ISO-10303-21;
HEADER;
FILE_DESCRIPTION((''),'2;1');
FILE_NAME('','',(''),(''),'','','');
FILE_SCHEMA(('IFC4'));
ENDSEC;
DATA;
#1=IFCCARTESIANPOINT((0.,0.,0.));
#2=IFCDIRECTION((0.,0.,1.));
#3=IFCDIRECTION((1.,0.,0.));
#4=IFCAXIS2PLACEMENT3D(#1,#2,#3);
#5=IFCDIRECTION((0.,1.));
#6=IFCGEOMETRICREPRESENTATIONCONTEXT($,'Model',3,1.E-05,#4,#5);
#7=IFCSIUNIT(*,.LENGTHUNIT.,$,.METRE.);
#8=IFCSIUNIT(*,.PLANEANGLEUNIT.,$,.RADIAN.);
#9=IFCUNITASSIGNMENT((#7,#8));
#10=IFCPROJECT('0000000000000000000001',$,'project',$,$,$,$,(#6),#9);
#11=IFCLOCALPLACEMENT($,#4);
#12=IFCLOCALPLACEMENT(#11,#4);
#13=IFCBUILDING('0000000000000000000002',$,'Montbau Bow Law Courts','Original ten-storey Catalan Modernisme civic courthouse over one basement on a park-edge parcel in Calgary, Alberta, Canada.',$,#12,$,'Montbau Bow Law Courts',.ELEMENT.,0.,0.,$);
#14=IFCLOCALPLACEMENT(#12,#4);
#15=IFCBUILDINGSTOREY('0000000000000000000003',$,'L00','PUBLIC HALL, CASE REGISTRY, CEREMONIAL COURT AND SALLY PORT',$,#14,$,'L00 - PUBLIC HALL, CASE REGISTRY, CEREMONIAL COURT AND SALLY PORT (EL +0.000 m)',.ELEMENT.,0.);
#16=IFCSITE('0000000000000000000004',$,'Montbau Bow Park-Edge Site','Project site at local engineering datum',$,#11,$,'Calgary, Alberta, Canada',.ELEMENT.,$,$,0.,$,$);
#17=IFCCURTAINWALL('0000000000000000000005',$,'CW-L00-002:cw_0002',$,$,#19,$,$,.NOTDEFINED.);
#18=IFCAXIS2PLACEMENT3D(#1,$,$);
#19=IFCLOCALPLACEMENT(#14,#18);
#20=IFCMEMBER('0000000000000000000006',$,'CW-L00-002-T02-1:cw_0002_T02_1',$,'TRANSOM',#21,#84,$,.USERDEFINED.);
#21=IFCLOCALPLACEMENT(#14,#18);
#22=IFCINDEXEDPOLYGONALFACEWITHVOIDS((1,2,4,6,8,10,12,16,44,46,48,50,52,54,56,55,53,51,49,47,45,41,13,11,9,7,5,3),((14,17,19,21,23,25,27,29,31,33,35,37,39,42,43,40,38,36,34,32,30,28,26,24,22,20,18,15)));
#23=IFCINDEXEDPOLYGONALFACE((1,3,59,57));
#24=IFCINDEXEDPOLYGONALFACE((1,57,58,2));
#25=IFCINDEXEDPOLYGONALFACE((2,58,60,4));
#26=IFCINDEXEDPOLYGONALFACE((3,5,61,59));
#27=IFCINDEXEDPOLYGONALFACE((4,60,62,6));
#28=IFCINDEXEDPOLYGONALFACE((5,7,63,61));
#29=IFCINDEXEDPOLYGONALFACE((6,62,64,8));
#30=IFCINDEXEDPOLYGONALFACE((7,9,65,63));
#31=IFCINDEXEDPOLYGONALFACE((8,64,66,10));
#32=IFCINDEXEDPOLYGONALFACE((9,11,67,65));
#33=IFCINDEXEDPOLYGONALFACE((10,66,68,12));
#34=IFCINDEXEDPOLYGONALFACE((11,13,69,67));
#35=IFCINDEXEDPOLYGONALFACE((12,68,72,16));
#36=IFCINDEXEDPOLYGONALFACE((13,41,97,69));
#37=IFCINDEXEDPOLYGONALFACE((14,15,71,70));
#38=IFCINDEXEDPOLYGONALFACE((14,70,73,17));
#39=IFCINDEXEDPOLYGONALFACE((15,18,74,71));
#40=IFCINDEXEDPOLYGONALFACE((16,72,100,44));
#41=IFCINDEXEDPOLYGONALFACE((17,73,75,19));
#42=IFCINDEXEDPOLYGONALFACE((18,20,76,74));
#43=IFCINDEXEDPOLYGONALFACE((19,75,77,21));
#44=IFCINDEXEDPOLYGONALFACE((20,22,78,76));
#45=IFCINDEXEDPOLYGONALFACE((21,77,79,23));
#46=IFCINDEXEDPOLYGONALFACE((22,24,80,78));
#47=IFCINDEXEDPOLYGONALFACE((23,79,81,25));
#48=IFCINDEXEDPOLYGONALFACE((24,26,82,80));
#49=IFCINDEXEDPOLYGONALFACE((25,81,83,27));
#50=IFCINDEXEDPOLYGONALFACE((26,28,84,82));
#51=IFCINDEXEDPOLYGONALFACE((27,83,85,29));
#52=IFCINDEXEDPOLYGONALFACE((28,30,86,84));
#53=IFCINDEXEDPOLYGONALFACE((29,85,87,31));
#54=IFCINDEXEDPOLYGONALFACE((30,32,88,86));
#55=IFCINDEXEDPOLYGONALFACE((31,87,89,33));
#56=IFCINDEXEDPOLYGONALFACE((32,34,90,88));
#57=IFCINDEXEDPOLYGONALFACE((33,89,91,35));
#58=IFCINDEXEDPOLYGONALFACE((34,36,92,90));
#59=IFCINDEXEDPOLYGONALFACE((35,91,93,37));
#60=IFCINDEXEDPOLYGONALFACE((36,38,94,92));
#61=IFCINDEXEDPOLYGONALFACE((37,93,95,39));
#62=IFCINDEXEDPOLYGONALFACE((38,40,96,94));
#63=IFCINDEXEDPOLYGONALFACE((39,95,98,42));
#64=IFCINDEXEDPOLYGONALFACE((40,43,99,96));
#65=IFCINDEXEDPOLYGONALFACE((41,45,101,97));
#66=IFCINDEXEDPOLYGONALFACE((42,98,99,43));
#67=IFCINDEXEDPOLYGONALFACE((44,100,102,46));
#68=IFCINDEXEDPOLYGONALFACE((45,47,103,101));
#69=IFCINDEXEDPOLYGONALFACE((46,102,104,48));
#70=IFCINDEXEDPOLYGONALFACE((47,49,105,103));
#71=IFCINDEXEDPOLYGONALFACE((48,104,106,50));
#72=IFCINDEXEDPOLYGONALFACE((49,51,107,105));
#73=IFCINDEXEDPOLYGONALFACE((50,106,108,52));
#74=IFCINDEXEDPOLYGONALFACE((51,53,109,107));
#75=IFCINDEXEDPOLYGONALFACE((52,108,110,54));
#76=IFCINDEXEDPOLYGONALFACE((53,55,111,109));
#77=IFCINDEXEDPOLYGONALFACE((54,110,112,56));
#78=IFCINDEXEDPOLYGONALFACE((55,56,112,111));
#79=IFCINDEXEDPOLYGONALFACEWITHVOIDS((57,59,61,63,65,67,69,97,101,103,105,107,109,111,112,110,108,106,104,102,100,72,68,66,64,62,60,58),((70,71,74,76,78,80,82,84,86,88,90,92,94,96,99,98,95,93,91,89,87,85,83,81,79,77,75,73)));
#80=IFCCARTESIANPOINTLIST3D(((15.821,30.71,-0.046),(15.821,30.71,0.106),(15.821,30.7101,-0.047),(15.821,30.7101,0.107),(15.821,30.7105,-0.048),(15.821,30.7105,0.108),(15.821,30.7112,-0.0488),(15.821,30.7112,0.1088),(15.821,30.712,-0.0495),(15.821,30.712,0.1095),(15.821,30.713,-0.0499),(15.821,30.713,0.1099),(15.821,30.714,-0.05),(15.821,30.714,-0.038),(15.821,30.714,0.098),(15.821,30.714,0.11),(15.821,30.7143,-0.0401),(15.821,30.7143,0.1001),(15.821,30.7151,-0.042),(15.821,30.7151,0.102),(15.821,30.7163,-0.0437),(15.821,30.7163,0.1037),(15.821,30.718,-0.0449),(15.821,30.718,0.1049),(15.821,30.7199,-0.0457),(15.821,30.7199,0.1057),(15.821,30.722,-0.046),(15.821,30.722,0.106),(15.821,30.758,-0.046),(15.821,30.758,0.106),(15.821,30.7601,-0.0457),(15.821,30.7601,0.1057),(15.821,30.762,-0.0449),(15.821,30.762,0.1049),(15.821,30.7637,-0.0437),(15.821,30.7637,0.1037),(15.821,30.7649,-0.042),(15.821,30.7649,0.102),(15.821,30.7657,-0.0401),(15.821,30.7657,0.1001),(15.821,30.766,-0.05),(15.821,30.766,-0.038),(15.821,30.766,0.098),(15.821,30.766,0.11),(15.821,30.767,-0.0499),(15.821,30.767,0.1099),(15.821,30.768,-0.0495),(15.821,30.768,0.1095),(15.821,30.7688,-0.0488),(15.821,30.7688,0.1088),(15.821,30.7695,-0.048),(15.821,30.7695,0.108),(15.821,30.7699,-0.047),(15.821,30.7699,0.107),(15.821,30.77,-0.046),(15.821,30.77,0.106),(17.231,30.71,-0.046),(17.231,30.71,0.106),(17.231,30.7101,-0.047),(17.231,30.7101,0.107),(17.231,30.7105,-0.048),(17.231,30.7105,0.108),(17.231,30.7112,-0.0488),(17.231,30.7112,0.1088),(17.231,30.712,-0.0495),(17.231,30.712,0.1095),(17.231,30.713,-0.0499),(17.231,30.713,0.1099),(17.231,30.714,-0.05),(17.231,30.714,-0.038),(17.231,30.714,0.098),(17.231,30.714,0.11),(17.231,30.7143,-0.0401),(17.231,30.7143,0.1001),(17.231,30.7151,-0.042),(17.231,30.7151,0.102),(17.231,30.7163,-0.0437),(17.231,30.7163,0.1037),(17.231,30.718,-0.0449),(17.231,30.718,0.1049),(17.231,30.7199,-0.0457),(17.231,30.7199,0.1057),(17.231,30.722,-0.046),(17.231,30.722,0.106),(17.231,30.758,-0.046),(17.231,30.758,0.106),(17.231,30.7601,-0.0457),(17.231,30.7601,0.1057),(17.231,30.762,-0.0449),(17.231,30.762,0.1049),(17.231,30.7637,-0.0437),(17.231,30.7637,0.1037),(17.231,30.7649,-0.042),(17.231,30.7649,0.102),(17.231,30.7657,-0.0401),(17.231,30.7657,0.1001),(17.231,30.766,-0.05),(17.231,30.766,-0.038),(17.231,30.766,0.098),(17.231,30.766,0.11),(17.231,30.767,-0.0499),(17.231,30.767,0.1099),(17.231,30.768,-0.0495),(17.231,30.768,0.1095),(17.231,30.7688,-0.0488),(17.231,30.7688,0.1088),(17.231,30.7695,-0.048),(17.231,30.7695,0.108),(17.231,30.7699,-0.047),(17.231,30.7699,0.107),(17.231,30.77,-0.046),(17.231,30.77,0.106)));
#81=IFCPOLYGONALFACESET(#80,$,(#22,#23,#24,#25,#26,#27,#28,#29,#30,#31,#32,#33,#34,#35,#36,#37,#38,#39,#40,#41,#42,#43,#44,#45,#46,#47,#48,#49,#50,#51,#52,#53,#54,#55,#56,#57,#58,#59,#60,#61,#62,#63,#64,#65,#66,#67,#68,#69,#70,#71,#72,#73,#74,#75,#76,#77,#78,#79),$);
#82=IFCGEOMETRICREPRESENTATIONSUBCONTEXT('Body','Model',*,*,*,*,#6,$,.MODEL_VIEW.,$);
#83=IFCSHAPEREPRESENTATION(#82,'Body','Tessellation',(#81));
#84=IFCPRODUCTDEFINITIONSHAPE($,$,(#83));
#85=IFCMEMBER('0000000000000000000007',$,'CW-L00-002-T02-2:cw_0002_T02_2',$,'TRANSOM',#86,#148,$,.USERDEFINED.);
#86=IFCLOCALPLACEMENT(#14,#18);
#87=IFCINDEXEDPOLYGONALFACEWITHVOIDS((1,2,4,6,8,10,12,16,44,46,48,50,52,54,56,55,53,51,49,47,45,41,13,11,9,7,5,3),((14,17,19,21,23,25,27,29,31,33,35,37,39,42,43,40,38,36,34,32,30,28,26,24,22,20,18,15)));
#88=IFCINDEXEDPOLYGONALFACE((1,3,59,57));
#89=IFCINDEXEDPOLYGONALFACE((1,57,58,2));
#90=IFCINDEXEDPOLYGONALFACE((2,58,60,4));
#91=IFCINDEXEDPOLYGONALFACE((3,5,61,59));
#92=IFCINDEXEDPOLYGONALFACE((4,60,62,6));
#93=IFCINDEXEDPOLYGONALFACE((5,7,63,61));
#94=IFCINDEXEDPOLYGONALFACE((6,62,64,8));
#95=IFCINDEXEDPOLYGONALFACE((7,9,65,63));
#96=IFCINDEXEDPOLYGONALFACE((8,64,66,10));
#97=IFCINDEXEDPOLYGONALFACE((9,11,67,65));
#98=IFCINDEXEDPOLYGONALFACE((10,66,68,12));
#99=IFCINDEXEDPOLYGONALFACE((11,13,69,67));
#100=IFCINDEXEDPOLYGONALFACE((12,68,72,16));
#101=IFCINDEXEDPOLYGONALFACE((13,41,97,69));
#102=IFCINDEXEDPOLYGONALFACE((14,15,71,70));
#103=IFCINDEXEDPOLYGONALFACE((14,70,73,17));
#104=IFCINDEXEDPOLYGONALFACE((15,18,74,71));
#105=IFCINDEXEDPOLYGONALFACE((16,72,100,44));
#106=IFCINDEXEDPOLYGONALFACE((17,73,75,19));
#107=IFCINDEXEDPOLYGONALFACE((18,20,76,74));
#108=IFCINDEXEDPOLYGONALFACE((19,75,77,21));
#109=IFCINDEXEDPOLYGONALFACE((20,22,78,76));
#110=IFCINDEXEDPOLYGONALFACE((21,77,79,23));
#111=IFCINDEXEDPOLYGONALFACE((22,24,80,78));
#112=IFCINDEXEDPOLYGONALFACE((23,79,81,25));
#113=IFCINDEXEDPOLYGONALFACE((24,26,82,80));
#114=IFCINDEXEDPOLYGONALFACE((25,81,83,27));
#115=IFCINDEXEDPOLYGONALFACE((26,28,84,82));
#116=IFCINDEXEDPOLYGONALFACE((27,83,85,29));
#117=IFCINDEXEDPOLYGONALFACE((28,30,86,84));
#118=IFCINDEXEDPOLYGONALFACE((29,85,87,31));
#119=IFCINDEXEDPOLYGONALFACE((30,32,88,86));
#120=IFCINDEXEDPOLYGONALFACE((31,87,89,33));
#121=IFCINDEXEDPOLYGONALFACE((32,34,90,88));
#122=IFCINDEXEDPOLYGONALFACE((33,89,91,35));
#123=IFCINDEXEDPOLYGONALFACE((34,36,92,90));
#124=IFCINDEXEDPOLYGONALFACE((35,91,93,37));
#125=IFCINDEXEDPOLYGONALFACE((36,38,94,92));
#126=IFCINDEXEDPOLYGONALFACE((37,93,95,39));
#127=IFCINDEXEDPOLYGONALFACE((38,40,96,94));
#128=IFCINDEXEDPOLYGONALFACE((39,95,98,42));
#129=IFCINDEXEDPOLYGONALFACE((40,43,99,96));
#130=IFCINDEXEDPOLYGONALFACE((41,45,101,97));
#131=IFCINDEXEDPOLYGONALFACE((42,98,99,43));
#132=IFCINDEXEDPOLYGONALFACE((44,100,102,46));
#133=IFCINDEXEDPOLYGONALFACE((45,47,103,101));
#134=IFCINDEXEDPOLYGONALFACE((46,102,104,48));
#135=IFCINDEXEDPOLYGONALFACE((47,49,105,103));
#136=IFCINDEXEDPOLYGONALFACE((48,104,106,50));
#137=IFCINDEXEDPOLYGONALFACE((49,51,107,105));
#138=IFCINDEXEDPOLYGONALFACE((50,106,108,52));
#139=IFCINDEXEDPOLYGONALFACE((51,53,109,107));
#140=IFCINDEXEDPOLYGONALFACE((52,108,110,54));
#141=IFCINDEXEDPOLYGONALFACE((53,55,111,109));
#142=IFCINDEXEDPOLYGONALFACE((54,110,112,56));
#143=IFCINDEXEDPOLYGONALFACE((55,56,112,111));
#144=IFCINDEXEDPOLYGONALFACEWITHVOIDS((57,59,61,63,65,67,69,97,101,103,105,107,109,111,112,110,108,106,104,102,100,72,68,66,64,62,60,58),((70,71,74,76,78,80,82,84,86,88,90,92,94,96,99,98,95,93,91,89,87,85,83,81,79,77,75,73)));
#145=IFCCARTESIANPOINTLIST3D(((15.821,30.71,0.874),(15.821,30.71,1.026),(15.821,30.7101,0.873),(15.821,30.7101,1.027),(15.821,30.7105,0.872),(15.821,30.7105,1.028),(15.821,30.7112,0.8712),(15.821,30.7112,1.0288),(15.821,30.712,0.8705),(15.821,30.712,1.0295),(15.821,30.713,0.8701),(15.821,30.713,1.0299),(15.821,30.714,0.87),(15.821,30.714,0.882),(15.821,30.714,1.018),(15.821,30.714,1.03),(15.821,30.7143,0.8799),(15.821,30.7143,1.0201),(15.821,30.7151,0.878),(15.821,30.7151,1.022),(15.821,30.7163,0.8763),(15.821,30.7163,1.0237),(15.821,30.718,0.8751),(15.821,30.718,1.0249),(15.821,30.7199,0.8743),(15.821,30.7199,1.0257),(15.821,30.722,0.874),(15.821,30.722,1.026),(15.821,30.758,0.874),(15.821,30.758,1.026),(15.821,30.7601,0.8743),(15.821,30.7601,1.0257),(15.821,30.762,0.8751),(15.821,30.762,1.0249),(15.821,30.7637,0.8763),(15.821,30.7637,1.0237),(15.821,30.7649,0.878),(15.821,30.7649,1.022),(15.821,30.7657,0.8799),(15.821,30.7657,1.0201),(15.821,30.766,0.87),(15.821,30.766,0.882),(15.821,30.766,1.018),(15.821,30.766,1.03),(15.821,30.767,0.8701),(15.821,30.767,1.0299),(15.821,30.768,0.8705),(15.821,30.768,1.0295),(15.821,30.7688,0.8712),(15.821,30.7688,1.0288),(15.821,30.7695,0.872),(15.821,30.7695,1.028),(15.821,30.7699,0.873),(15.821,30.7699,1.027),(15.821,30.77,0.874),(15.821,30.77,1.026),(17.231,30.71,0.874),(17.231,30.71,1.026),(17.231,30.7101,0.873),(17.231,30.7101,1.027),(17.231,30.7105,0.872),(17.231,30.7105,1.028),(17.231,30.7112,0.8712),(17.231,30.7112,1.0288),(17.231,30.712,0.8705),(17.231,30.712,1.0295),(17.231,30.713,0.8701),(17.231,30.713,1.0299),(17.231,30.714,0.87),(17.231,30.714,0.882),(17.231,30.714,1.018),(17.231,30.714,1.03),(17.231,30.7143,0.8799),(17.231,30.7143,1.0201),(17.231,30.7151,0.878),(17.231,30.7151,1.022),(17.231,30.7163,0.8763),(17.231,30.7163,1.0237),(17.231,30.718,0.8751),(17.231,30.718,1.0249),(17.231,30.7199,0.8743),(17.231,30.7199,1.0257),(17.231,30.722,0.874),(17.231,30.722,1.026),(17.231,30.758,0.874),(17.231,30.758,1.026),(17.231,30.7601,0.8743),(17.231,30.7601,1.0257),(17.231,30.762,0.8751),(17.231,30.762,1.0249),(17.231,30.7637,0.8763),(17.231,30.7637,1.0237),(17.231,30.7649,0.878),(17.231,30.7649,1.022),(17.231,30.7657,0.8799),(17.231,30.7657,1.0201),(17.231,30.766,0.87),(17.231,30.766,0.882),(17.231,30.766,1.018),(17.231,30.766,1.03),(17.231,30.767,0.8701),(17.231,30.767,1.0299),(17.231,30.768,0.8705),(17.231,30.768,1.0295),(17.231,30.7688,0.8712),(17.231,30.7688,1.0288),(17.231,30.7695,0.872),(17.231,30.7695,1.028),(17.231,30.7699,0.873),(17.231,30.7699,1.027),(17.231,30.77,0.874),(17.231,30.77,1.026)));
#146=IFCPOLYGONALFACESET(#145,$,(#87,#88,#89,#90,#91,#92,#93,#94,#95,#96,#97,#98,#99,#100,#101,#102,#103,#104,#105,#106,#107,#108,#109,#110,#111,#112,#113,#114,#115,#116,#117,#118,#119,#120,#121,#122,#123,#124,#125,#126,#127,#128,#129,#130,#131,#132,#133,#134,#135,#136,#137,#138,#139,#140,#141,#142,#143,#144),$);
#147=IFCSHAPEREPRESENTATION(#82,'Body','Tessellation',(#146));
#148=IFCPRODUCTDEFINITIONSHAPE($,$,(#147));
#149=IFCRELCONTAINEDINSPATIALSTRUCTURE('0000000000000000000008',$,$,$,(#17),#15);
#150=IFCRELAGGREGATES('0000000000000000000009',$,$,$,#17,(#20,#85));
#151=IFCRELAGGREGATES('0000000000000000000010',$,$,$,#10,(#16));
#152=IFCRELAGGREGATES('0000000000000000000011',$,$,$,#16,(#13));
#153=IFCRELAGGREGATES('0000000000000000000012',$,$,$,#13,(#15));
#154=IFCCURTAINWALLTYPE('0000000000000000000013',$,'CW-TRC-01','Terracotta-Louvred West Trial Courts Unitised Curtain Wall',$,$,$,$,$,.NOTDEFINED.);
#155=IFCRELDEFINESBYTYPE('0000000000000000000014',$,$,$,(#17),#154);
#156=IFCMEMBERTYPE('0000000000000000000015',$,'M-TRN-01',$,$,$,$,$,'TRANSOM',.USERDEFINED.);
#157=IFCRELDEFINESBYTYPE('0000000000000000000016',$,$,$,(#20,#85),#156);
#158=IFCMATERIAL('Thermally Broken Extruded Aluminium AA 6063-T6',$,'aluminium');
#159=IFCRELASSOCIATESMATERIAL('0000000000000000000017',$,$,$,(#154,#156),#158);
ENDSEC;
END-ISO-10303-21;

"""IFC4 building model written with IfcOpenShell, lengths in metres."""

from ifc_helpers import new_model, si_unit, direction, frame, origin_with_axes, origin_2d_with_axis, place, context, subcontext, project, spatial, hollow_rectangle, extrude, material, material_profile, profile_set, type_object, element, aggregate, save


model = new_model("IFC4")

# Units and contexts
model_context = context("Model", 3, precision=1e-05, world=origin_with_axes(), true_north=direction((0.0, 1.0)))
body_context = subcontext(model_context, "Body", "Model", "MODEL_VIEW")
ifc_project = project(units=[si_unit("LENGTHUNIT", "METRE"), si_unit("PLANEANGLEUNIT", "RADIAN")], contexts=[model_context])

# Site, building, storey
site_placement = place(None, origin_with_axes())
site = spatial("IfcSite", under=ifc_project, at=site_placement, Name="Montbau Bow Park-Edge Site", Description="Project site at local engineering datum", LongName="Calgary, Alberta, Canada", CompositionType="ELEMENT", RefElevation=0.0)
building_placement = place(site_placement, origin_with_axes())
building = spatial("IfcBuilding", under=site, at=building_placement, Name="Montbau Bow Law Courts", Description="Original ten-storey Catalan Modernisme civic courthouse over one basement on a park-edge parcel in Calgary, Alberta, Canada.", LongName="Montbau Bow Law Courts", CompositionType="ELEMENT", ElevationOfRefHeight=0.0, ElevationOfTerrain=0.0)
storey_placement = place(building_placement, origin_with_axes())
storey = spatial("IfcBuildingStorey", under=building, at=storey_placement, Name="L00", Description="PUBLIC HALL, CASE REGISTRY, CEREMONIAL COURT AND SALLY PORT", LongName="L00 - PUBLIC HALL, CASE REGISTRY, CEREMONIAL COURT AND SALLY PORT (EL +0.000 m)", CompositionType="ELEMENT", Elevation=0.0)

# Curtain wall, members
ifc_material_1 = material(Name="Thermally Broken Extruded Aluminium AA 6063-T6", Category="aluminium")
curtain_wall_type = type_object("IfcCurtainWallType", Name="CW-TRC-01", Description="Terracotta-Louvred West Trial Courts Unitised Curtain Wall", PredefinedType="NOTDEFINED", material=ifc_material_1)
curtain_wall_placement = place(None, frame((14.315, 30.74, 0.0), z_axis=(0.0, 0.0, 1.0), x_axis=(1.0, 0.0, 0.0)))
curtain_wall = element("IfcCurtainWall", 1, at=curtain_wall_placement, inside=storey, type_object=curtain_wall_type, Name="CW-L00-002:cw_0002", PredefinedType="NOTDEFINED")
ifc_material_profile_1 = material_profile(ifc_material_1, hollow_rectangle(XDim=0.06, YDim=0.16, WallThickness=0.004, InnerFilletRadius=0.008, OuterFilletRadius=0.004, at=origin_2d_with_axis()), Name="CWT-160X60", Category="Main", Priority=0)
ifc_profile_set_1 = profile_set([ifc_material_profile_1], Name="Thermally Broken Extruded Aluminium AA 6063-T6")
member_type_1 = type_object("IfcMemberType", Name="M-TRN-01", ElementType="TRANSOM", PredefinedType="USERDEFINED", material=ifc_profile_set_1)
member_1_placement = place(None, frame((15.821, 30.74, 0.03), z_axis=(1.0, 0.0, 0.0), x_axis=(0.0, 1.0, 0.0)))
member_1 = element("IfcMember", 2, at=member_1_placement, type_object=member_type_1, Name="CW-L00-002-T02-1:cw_0002_T02_1", ObjectType="TRANSOM", PredefinedType="USERDEFINED", context=body_context, shape_type="SweptSolid", body=[
    extrude(hollow_rectangle(XDim=0.06, YDim=0.16, WallThickness=0.004, InnerFilletRadius=0.008, OuterFilletRadius=0.004, at=origin_2d_with_axis()), origin_with_axes(), (0.0, 0.0, 1.0), 1.41),
])
member_2_placement = place(None, frame((15.821, 30.74, 0.95), z_axis=(1.0, 0.0, 0.0), x_axis=(0.0, 1.0, 0.0)))
member_2 = element("IfcMember", 3, at=member_2_placement, type_object=member_type_1, Name="CW-L00-002-T02-2:cw_0002_T02_2", ObjectType="TRANSOM", PredefinedType="USERDEFINED", context=body_context, shape_type="SweptSolid", body=[
    extrude(hollow_rectangle(XDim=0.06, YDim=0.16, WallThickness=0.004, InnerFilletRadius=0.008, OuterFilletRadius=0.004, at=origin_2d_with_axis()), origin_with_axes(), (0.0, 0.0, 1.0), 1.41),
])
aggregate(curtain_wall, [member_1, member_2])

save(model, "model.ifc")
